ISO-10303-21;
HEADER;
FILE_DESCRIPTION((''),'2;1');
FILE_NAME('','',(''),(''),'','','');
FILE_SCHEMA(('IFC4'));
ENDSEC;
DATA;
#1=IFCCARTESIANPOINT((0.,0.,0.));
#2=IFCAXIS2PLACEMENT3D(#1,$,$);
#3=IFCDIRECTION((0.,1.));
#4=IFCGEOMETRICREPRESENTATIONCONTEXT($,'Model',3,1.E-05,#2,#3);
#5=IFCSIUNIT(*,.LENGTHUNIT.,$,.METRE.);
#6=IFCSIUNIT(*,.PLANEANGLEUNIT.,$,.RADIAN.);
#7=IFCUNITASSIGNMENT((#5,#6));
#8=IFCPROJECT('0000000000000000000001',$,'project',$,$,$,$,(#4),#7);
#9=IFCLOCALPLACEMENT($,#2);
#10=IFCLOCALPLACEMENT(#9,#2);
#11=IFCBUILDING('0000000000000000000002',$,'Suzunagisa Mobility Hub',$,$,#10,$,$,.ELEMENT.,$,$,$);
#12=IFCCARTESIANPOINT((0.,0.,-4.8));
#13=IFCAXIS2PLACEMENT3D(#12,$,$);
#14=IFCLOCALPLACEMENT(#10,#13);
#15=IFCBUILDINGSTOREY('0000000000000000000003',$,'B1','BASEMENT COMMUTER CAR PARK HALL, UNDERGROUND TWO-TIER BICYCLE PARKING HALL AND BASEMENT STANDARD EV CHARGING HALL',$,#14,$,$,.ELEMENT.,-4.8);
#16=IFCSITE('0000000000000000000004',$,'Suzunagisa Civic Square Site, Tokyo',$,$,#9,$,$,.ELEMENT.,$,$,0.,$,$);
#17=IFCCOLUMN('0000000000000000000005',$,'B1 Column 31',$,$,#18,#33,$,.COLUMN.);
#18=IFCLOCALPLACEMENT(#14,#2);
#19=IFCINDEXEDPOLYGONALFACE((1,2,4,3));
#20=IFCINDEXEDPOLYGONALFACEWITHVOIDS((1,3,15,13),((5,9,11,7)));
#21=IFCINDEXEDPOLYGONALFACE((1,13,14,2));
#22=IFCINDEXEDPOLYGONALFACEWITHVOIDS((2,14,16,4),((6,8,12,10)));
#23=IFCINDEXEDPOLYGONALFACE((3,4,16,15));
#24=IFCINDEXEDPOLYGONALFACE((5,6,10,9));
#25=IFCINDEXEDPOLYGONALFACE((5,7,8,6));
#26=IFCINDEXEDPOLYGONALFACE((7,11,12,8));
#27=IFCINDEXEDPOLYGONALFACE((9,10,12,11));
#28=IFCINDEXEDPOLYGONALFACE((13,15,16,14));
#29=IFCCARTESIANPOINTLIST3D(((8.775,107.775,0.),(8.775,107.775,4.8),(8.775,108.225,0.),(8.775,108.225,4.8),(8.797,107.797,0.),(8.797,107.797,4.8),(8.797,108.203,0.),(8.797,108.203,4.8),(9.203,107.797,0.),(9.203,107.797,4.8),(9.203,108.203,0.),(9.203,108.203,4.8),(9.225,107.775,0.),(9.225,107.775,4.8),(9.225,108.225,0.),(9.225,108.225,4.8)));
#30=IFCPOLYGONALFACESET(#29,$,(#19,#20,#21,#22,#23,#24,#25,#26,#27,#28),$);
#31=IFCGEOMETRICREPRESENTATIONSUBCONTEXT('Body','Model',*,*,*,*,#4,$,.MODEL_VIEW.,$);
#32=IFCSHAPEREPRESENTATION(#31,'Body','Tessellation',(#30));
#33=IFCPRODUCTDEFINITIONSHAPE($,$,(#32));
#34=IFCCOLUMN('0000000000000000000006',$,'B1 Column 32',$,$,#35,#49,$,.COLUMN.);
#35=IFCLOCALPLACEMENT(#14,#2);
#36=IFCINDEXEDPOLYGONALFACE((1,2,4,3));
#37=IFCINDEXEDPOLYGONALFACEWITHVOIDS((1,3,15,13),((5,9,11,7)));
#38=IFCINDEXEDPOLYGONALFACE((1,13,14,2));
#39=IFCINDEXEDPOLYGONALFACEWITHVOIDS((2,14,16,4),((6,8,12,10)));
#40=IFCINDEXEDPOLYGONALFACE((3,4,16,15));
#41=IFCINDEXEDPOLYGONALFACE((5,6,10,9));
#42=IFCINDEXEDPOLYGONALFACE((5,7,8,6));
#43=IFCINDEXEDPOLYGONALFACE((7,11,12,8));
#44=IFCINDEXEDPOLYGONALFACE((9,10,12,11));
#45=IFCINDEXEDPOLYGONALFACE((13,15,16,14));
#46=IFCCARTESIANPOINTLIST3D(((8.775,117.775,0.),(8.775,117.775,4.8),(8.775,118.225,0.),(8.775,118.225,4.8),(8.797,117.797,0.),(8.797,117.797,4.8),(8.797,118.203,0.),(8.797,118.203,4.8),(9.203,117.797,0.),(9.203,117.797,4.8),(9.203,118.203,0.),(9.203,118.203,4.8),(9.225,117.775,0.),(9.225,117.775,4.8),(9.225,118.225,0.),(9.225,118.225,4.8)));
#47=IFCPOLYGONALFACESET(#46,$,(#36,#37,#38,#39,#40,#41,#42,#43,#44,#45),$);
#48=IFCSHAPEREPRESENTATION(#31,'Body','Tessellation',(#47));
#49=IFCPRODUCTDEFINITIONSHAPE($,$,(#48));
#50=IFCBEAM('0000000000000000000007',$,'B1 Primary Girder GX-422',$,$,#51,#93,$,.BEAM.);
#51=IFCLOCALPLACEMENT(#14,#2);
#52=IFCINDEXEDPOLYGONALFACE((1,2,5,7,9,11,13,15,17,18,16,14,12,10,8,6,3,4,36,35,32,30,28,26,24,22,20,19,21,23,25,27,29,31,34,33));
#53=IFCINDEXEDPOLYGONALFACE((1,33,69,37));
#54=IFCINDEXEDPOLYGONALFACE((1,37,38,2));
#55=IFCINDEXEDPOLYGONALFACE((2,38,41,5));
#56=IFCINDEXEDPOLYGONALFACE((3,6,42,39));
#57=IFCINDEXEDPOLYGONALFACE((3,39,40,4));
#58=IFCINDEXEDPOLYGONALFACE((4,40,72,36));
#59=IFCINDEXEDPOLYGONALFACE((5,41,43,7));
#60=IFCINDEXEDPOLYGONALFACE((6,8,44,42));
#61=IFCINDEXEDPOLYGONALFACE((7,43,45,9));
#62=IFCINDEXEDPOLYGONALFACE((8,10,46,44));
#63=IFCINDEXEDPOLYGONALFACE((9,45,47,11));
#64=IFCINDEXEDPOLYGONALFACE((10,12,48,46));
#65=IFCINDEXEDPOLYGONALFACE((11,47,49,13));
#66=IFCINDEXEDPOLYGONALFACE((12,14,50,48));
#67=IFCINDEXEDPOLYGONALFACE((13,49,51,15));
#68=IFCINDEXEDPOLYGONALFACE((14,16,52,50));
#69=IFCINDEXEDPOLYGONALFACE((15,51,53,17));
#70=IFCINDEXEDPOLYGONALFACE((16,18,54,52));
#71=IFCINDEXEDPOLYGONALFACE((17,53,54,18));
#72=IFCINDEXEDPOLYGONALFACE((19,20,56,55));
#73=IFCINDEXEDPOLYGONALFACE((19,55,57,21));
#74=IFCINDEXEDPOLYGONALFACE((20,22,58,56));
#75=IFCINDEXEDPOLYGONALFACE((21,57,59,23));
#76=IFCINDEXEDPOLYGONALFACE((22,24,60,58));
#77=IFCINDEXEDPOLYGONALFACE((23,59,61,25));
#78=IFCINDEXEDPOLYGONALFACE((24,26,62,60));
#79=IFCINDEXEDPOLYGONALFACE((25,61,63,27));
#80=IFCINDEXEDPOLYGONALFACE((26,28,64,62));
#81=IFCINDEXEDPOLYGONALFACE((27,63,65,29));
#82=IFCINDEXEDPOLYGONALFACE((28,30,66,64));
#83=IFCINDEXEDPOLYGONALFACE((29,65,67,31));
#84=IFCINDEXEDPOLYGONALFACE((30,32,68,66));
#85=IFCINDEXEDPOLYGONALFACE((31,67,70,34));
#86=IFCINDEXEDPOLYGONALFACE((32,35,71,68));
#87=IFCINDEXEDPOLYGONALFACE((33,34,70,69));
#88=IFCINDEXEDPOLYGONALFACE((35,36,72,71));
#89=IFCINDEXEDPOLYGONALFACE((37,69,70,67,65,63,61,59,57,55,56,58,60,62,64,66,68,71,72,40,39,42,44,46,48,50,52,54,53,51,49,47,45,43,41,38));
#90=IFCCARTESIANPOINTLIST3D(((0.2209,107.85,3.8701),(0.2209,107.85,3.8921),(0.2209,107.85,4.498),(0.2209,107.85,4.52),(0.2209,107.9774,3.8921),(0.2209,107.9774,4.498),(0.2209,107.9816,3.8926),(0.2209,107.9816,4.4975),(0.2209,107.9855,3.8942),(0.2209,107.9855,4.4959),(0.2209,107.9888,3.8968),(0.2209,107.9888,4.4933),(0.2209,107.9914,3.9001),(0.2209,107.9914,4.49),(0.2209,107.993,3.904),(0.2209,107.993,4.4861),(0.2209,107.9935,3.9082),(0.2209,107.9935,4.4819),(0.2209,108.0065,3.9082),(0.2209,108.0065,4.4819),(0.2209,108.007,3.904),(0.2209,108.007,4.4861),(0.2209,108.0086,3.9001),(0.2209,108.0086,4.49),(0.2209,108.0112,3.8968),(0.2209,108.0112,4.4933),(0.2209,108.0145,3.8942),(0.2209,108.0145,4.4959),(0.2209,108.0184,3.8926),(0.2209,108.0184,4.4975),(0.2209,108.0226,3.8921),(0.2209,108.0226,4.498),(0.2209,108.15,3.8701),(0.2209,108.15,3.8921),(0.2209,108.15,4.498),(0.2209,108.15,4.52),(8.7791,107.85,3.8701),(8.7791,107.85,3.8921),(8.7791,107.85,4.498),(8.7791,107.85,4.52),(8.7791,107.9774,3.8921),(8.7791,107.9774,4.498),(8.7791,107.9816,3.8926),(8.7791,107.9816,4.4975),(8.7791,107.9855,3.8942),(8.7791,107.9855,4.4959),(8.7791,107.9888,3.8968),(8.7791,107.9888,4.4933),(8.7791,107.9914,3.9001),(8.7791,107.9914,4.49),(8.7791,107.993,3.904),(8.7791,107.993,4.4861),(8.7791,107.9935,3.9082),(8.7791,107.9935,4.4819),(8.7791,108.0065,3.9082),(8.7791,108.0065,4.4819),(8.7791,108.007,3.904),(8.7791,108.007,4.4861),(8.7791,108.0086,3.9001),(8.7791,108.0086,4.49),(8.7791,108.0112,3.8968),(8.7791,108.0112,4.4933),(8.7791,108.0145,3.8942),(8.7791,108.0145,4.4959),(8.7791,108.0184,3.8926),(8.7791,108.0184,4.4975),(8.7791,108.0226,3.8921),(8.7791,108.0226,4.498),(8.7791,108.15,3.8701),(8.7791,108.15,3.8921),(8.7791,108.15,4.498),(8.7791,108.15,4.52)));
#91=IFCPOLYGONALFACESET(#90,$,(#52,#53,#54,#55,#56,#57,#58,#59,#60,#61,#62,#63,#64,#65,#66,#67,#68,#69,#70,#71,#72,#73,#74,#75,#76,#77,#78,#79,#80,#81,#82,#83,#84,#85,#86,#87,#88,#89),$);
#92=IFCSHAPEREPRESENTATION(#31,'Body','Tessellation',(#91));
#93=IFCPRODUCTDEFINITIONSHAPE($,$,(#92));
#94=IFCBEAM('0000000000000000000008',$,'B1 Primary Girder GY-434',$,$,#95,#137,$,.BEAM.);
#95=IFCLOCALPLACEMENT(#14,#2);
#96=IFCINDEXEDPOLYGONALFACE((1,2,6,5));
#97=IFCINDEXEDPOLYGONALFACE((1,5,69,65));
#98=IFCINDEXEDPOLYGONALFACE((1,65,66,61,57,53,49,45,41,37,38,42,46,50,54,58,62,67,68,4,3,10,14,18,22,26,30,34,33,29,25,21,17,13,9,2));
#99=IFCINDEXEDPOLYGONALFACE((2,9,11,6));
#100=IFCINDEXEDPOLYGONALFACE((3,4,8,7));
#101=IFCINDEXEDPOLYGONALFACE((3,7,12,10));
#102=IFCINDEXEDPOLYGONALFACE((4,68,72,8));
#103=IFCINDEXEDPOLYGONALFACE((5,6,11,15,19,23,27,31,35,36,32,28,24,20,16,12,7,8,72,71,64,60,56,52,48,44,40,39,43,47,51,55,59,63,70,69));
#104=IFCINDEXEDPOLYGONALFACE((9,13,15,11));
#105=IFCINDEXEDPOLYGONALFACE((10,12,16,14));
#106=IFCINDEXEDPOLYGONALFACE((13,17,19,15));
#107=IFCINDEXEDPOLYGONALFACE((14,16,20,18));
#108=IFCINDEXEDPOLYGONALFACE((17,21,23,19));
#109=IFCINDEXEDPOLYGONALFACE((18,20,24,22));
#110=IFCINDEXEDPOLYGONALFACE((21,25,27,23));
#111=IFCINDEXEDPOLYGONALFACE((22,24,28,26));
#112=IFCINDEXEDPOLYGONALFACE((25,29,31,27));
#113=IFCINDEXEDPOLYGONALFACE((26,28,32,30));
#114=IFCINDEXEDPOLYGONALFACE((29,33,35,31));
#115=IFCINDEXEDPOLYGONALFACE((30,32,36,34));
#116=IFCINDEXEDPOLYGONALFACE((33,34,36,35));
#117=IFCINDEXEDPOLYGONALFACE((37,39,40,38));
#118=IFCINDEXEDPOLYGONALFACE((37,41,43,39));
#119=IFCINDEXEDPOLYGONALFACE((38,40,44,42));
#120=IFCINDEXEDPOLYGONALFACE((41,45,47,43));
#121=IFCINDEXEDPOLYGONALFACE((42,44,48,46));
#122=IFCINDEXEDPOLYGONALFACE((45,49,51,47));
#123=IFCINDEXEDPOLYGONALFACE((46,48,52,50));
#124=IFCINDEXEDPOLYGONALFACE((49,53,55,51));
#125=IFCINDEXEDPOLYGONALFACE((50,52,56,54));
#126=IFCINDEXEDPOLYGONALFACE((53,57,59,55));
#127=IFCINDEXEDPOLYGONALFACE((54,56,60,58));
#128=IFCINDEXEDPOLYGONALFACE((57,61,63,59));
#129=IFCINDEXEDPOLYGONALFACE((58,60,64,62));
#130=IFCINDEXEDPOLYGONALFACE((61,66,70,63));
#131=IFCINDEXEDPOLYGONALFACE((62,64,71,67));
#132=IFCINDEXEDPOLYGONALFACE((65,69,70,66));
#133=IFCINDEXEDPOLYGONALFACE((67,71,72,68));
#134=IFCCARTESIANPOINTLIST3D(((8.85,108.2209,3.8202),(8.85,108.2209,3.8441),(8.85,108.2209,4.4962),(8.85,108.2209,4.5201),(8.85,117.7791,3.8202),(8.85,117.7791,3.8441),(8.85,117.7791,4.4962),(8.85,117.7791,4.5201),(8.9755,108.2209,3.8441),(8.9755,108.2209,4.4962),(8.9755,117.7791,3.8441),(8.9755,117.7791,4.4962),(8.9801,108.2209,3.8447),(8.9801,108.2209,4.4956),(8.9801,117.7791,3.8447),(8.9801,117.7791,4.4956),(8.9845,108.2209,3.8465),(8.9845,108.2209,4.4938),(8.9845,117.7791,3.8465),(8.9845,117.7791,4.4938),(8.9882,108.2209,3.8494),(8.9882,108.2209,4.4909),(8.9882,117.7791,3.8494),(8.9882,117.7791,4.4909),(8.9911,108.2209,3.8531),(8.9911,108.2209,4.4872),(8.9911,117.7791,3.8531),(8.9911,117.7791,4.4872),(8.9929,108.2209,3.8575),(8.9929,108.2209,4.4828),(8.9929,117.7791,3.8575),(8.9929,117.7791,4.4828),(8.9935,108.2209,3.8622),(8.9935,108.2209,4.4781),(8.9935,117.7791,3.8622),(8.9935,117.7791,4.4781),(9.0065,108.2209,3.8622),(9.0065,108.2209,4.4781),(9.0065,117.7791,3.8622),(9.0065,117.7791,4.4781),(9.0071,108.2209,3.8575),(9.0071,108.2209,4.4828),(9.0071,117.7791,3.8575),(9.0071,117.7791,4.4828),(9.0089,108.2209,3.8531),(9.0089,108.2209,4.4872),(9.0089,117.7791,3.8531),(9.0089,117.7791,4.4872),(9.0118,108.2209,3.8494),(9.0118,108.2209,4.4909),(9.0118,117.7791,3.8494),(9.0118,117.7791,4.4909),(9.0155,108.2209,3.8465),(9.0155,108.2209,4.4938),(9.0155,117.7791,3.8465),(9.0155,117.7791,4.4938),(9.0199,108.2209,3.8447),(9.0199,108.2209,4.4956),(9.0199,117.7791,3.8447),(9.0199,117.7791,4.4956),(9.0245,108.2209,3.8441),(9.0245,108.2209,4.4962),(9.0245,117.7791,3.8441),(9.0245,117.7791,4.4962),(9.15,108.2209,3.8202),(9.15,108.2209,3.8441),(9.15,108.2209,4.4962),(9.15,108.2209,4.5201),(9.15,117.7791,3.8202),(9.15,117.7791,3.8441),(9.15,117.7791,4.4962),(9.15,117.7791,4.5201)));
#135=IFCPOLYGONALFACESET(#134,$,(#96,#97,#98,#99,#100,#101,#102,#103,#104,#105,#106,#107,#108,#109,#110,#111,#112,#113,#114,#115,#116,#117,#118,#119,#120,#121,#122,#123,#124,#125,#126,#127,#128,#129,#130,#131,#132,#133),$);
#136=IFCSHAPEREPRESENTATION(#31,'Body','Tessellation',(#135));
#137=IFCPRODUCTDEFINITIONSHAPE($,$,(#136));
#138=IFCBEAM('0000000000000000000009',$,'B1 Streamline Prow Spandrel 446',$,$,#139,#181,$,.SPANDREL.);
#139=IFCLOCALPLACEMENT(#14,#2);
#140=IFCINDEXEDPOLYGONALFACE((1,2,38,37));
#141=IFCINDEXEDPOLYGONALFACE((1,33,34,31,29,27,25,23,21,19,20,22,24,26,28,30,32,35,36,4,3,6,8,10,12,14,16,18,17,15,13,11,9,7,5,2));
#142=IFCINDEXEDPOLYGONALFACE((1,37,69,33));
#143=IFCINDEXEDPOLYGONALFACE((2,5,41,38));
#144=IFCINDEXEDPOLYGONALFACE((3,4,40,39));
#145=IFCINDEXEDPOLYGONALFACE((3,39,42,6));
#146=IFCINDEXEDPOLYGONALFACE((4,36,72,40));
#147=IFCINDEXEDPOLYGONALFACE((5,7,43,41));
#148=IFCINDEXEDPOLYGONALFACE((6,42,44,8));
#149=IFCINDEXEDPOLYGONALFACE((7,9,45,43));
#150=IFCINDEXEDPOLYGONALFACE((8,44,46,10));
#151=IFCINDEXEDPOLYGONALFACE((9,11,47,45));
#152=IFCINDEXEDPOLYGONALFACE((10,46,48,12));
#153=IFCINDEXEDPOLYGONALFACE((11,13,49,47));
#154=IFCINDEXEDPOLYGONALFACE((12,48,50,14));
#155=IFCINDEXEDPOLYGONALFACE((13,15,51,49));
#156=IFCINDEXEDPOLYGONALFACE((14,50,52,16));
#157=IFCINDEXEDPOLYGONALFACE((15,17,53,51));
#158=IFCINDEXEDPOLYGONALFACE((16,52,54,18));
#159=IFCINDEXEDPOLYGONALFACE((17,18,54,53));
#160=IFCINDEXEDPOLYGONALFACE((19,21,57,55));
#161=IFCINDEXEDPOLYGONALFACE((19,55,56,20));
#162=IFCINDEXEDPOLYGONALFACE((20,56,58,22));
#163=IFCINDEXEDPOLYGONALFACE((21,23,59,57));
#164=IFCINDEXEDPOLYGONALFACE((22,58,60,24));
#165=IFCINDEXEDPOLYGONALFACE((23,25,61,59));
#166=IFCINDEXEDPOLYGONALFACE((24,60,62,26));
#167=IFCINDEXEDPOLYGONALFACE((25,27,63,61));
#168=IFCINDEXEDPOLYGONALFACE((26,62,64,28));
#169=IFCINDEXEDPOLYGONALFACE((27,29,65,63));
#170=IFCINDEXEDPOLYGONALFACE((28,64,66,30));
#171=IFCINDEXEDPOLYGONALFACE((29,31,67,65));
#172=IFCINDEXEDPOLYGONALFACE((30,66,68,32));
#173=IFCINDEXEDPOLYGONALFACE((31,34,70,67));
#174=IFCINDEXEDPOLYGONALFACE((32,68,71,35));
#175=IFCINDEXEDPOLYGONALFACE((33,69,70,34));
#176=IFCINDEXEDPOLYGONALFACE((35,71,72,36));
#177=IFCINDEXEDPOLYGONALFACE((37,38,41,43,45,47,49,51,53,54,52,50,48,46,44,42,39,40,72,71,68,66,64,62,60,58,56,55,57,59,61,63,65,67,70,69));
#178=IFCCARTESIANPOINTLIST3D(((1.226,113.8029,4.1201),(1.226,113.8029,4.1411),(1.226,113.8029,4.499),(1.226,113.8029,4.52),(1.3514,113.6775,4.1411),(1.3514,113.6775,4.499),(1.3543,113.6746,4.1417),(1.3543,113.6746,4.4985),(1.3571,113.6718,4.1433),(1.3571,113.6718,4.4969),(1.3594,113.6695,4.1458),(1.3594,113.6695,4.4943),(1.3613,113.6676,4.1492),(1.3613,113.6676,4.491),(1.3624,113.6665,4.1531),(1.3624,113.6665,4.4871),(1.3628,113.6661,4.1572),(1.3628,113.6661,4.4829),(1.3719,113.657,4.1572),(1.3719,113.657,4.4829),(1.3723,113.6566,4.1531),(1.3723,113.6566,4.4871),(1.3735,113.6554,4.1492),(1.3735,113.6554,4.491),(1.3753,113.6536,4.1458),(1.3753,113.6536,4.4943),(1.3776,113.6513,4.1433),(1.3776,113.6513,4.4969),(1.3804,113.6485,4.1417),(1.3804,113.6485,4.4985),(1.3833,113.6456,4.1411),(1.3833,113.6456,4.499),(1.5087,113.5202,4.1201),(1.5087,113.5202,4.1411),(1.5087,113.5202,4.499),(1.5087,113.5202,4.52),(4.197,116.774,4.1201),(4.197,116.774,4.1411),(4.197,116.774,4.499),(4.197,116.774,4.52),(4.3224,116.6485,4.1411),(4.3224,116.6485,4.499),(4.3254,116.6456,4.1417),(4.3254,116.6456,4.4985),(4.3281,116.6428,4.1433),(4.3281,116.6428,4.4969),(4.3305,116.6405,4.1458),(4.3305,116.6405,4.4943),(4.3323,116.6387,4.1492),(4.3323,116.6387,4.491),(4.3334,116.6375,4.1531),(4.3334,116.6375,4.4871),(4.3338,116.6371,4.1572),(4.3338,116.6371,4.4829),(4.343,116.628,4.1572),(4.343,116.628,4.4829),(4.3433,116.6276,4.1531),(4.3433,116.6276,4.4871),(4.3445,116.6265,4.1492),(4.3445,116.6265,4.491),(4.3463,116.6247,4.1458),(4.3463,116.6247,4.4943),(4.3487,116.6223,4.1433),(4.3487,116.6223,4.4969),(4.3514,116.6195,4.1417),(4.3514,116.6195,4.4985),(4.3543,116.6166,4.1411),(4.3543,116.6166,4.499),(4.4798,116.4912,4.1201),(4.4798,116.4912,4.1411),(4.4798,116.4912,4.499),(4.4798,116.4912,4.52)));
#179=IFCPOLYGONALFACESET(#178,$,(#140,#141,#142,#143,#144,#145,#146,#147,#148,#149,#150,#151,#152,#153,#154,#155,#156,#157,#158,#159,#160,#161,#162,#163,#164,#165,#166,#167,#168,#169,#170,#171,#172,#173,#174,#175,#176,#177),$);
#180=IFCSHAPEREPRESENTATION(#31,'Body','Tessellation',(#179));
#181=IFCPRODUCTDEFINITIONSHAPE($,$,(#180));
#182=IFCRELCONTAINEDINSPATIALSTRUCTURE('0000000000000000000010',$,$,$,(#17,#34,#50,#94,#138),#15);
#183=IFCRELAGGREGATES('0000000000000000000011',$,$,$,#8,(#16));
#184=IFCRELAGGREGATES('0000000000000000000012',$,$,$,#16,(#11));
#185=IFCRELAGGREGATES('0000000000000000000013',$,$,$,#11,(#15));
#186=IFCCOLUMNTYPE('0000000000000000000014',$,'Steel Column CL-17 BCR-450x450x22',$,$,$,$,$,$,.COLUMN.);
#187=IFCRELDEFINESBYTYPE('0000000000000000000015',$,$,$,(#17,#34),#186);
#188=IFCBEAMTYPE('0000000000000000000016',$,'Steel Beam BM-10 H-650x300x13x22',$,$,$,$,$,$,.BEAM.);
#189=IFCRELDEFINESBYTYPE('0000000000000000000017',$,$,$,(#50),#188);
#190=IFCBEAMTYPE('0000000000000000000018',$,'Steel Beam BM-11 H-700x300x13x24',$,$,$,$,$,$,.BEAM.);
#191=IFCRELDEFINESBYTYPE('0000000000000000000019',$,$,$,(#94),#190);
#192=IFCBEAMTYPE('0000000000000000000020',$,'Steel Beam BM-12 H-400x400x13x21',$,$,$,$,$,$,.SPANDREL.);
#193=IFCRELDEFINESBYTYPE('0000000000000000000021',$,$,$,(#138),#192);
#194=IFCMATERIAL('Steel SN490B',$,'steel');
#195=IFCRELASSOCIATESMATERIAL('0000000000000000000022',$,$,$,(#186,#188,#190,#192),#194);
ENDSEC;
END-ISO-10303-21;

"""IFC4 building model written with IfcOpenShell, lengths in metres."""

from ifc_helpers import new_model, si_unit, direction, frame, origin, origin_2d, place, context, subcontext, project, spatial, hollow_rectangle, i_section, extrude, material, material_profile, profile_set, type_object, element, save


model = new_model("IFC4")

# Units and contexts
model_context = context("Model", 3, precision=1e-05, world=origin(), true_north=direction((0.0, 1.0)))
body_context = subcontext(model_context, "Body", "Model", "MODEL_VIEW")
ifc_project = project(units=[si_unit("LENGTHUNIT", "METRE"), si_unit("PLANEANGLEUNIT", "RADIAN")], contexts=[model_context])

# Site, building, storey
site_placement = place(None, origin())
site = spatial("IfcSite", under=ifc_project, at=site_placement, Name="Suzunagisa Civic Square Site, Tokyo", CompositionType="ELEMENT", RefElevation=0.0)
building_placement = place(site_placement, origin())
building = spatial("IfcBuilding", under=site, at=building_placement, Name="Suzunagisa Mobility Hub", CompositionType="ELEMENT")
storey_placement = place(building_placement, frame((0.0, 0.0, -4.8)))
storey = spatial("IfcBuildingStorey", under=building, at=storey_placement, Name="B1", Description="BASEMENT COMMUTER CAR PARK HALL, UNDERGROUND TWO-TIER BICYCLE PARKING HALL AND BASEMENT STANDARD EV CHARGING HALL", CompositionType="ELEMENT", Elevation=-4.8)

# Columns
ifc_material_1 = material(Name="Steel SN490B", Category="steel")
ifc_material_profile_1 = material_profile(ifc_material_1, hollow_rectangle(XDim=0.45, YDim=0.45, WallThickness=0.022, at=origin_2d()), Name="BCR-450x450x22")
ifc_profile_set_1 = profile_set([ifc_material_profile_1], Name="Steel SN490B")
column_type_1 = type_object("IfcColumnType", Name="Steel Column CL-17 BCR-450x450x22", PredefinedType="COLUMN", material=ifc_profile_set_1)
for number, where, z_axis, x_axis, name in (
    (1, (9.0, 108.0, 0.0), (0.0, 0.0, 1.0), (1.0, 0.0, 0.0), "B1 Column 31"),
    (2, (9.0, 118.0, 0.0), (0.0, 0.0, 1.0), (1.0, 0.0, 0.0), "B1 Column 32"),
):
    element("IfcColumn", number, at=place(storey_placement, frame(where, z_axis=z_axis, x_axis=x_axis)), inside=storey, type_object=column_type_1, Name=name, PredefinedType="COLUMN", context=body_context, shape_type="SweptSolid", body=[
        extrude(hollow_rectangle(XDim=0.45, YDim=0.45, WallThickness=0.022, at=origin_2d()), origin(), (0.0, 0.0, 1.0), 4.8),
    ])

# Beams
ifc_material_profile_2 = material_profile(ifc_material_1, i_section(OverallWidth=0.3, OverallDepth=0.6499, WebThickness=0.0129, FlangeThickness=0.022, FilletRadius=0.0161, at=origin_2d()), Name="H-650x300x13x22")
ifc_profile_set_2 = profile_set([ifc_material_profile_2], Name="Steel SN490B")
beam_type_1 = type_object("IfcBeamType", Name="Steel Beam BM-10 H-650x300x13x22", PredefinedType="BEAM", material=ifc_profile_set_2)
beam_1_placement = place(storey_placement, frame((0.2209, 108.0, 4.1951), z_axis=(1.0, 0.0, 0.0), x_axis=(0.0, 1.0, 0.0)))
element("IfcBeam", 3, at=beam_1_placement, inside=storey, type_object=beam_type_1, Name="B1 Primary Girder GX-422", PredefinedType="BEAM", context=body_context, shape_type="SweptSolid", body=[
    extrude(i_section(OverallWidth=0.3, OverallDepth=0.6499, WebThickness=0.0129, FlangeThickness=0.022, FilletRadius=0.0161, at=origin_2d()), origin(), (0.0, 0.0, 1.0), 8.5581),
])
ifc_material_profile_3 = material_profile(ifc_material_1, i_section(OverallWidth=0.3, OverallDepth=0.7, WebThickness=0.0129, FlangeThickness=0.0239, FilletRadius=0.0181, at=origin_2d()), Name="H-700x300x13x24")
ifc_profile_set_3 = profile_set([ifc_material_profile_3], Name="Steel SN490B")
beam_type_2 = type_object("IfcBeamType", Name="Steel Beam BM-11 H-700x300x13x24", PredefinedType="BEAM", material=ifc_profile_set_3)
beam_2_placement = place(storey_placement, frame((9.0, 108.2209, 4.1702), z_axis=(0.0, 1.0, 0.0), x_axis=(-1.0, 0.0, 0.0)))
element("IfcBeam", 4, at=beam_2_placement, inside=storey, type_object=beam_type_2, Name="B1 Primary Girder GY-434", PredefinedType="BEAM", context=body_context, shape_type="SweptSolid", body=[
    extrude(i_section(OverallWidth=0.3, OverallDepth=0.7, WebThickness=0.0129, FlangeThickness=0.0239, FilletRadius=0.0181, at=origin_2d()), origin(), (0.0, 0.0, 1.0), 9.5581),
])
ifc_material_profile_4 = material_profile(ifc_material_1, i_section(OverallWidth=0.3999, OverallDepth=0.3999, WebThickness=0.0129, FlangeThickness=0.021, FilletRadius=0.0161, at=origin_2d()), Name="H-400x400x13x21")
ifc_profile_set_4 = profile_set([ifc_material_profile_4], Name="Steel SN490B")
beam_type_3 = type_object("IfcBeamType", Name="Steel Beam BM-12 H-400x400x13x21", PredefinedType="SPANDREL", material=ifc_profile_set_4)
beam_3_placement = place(storey_placement, frame((4.3384, 116.6326, 4.3201), z_axis=(-0.707107, -0.707107, 0.0), x_axis=(0.707107, -0.707107, 0.0)))
element("IfcBeam", 5, at=beam_3_placement, inside=storey, type_object=beam_type_3, Name="B1 Streamline Prow Spandrel 446", PredefinedType="SPANDREL", context=body_context, shape_type="SweptSolid", body=[
    extrude(i_section(OverallWidth=0.3999, OverallDepth=0.3999, WebThickness=0.0129, FlangeThickness=0.021, FilletRadius=0.0161, at=origin_2d()), origin(), (0.0, 0.0, 1.0), 4.2017),
])

save(model, "model.ifc")
